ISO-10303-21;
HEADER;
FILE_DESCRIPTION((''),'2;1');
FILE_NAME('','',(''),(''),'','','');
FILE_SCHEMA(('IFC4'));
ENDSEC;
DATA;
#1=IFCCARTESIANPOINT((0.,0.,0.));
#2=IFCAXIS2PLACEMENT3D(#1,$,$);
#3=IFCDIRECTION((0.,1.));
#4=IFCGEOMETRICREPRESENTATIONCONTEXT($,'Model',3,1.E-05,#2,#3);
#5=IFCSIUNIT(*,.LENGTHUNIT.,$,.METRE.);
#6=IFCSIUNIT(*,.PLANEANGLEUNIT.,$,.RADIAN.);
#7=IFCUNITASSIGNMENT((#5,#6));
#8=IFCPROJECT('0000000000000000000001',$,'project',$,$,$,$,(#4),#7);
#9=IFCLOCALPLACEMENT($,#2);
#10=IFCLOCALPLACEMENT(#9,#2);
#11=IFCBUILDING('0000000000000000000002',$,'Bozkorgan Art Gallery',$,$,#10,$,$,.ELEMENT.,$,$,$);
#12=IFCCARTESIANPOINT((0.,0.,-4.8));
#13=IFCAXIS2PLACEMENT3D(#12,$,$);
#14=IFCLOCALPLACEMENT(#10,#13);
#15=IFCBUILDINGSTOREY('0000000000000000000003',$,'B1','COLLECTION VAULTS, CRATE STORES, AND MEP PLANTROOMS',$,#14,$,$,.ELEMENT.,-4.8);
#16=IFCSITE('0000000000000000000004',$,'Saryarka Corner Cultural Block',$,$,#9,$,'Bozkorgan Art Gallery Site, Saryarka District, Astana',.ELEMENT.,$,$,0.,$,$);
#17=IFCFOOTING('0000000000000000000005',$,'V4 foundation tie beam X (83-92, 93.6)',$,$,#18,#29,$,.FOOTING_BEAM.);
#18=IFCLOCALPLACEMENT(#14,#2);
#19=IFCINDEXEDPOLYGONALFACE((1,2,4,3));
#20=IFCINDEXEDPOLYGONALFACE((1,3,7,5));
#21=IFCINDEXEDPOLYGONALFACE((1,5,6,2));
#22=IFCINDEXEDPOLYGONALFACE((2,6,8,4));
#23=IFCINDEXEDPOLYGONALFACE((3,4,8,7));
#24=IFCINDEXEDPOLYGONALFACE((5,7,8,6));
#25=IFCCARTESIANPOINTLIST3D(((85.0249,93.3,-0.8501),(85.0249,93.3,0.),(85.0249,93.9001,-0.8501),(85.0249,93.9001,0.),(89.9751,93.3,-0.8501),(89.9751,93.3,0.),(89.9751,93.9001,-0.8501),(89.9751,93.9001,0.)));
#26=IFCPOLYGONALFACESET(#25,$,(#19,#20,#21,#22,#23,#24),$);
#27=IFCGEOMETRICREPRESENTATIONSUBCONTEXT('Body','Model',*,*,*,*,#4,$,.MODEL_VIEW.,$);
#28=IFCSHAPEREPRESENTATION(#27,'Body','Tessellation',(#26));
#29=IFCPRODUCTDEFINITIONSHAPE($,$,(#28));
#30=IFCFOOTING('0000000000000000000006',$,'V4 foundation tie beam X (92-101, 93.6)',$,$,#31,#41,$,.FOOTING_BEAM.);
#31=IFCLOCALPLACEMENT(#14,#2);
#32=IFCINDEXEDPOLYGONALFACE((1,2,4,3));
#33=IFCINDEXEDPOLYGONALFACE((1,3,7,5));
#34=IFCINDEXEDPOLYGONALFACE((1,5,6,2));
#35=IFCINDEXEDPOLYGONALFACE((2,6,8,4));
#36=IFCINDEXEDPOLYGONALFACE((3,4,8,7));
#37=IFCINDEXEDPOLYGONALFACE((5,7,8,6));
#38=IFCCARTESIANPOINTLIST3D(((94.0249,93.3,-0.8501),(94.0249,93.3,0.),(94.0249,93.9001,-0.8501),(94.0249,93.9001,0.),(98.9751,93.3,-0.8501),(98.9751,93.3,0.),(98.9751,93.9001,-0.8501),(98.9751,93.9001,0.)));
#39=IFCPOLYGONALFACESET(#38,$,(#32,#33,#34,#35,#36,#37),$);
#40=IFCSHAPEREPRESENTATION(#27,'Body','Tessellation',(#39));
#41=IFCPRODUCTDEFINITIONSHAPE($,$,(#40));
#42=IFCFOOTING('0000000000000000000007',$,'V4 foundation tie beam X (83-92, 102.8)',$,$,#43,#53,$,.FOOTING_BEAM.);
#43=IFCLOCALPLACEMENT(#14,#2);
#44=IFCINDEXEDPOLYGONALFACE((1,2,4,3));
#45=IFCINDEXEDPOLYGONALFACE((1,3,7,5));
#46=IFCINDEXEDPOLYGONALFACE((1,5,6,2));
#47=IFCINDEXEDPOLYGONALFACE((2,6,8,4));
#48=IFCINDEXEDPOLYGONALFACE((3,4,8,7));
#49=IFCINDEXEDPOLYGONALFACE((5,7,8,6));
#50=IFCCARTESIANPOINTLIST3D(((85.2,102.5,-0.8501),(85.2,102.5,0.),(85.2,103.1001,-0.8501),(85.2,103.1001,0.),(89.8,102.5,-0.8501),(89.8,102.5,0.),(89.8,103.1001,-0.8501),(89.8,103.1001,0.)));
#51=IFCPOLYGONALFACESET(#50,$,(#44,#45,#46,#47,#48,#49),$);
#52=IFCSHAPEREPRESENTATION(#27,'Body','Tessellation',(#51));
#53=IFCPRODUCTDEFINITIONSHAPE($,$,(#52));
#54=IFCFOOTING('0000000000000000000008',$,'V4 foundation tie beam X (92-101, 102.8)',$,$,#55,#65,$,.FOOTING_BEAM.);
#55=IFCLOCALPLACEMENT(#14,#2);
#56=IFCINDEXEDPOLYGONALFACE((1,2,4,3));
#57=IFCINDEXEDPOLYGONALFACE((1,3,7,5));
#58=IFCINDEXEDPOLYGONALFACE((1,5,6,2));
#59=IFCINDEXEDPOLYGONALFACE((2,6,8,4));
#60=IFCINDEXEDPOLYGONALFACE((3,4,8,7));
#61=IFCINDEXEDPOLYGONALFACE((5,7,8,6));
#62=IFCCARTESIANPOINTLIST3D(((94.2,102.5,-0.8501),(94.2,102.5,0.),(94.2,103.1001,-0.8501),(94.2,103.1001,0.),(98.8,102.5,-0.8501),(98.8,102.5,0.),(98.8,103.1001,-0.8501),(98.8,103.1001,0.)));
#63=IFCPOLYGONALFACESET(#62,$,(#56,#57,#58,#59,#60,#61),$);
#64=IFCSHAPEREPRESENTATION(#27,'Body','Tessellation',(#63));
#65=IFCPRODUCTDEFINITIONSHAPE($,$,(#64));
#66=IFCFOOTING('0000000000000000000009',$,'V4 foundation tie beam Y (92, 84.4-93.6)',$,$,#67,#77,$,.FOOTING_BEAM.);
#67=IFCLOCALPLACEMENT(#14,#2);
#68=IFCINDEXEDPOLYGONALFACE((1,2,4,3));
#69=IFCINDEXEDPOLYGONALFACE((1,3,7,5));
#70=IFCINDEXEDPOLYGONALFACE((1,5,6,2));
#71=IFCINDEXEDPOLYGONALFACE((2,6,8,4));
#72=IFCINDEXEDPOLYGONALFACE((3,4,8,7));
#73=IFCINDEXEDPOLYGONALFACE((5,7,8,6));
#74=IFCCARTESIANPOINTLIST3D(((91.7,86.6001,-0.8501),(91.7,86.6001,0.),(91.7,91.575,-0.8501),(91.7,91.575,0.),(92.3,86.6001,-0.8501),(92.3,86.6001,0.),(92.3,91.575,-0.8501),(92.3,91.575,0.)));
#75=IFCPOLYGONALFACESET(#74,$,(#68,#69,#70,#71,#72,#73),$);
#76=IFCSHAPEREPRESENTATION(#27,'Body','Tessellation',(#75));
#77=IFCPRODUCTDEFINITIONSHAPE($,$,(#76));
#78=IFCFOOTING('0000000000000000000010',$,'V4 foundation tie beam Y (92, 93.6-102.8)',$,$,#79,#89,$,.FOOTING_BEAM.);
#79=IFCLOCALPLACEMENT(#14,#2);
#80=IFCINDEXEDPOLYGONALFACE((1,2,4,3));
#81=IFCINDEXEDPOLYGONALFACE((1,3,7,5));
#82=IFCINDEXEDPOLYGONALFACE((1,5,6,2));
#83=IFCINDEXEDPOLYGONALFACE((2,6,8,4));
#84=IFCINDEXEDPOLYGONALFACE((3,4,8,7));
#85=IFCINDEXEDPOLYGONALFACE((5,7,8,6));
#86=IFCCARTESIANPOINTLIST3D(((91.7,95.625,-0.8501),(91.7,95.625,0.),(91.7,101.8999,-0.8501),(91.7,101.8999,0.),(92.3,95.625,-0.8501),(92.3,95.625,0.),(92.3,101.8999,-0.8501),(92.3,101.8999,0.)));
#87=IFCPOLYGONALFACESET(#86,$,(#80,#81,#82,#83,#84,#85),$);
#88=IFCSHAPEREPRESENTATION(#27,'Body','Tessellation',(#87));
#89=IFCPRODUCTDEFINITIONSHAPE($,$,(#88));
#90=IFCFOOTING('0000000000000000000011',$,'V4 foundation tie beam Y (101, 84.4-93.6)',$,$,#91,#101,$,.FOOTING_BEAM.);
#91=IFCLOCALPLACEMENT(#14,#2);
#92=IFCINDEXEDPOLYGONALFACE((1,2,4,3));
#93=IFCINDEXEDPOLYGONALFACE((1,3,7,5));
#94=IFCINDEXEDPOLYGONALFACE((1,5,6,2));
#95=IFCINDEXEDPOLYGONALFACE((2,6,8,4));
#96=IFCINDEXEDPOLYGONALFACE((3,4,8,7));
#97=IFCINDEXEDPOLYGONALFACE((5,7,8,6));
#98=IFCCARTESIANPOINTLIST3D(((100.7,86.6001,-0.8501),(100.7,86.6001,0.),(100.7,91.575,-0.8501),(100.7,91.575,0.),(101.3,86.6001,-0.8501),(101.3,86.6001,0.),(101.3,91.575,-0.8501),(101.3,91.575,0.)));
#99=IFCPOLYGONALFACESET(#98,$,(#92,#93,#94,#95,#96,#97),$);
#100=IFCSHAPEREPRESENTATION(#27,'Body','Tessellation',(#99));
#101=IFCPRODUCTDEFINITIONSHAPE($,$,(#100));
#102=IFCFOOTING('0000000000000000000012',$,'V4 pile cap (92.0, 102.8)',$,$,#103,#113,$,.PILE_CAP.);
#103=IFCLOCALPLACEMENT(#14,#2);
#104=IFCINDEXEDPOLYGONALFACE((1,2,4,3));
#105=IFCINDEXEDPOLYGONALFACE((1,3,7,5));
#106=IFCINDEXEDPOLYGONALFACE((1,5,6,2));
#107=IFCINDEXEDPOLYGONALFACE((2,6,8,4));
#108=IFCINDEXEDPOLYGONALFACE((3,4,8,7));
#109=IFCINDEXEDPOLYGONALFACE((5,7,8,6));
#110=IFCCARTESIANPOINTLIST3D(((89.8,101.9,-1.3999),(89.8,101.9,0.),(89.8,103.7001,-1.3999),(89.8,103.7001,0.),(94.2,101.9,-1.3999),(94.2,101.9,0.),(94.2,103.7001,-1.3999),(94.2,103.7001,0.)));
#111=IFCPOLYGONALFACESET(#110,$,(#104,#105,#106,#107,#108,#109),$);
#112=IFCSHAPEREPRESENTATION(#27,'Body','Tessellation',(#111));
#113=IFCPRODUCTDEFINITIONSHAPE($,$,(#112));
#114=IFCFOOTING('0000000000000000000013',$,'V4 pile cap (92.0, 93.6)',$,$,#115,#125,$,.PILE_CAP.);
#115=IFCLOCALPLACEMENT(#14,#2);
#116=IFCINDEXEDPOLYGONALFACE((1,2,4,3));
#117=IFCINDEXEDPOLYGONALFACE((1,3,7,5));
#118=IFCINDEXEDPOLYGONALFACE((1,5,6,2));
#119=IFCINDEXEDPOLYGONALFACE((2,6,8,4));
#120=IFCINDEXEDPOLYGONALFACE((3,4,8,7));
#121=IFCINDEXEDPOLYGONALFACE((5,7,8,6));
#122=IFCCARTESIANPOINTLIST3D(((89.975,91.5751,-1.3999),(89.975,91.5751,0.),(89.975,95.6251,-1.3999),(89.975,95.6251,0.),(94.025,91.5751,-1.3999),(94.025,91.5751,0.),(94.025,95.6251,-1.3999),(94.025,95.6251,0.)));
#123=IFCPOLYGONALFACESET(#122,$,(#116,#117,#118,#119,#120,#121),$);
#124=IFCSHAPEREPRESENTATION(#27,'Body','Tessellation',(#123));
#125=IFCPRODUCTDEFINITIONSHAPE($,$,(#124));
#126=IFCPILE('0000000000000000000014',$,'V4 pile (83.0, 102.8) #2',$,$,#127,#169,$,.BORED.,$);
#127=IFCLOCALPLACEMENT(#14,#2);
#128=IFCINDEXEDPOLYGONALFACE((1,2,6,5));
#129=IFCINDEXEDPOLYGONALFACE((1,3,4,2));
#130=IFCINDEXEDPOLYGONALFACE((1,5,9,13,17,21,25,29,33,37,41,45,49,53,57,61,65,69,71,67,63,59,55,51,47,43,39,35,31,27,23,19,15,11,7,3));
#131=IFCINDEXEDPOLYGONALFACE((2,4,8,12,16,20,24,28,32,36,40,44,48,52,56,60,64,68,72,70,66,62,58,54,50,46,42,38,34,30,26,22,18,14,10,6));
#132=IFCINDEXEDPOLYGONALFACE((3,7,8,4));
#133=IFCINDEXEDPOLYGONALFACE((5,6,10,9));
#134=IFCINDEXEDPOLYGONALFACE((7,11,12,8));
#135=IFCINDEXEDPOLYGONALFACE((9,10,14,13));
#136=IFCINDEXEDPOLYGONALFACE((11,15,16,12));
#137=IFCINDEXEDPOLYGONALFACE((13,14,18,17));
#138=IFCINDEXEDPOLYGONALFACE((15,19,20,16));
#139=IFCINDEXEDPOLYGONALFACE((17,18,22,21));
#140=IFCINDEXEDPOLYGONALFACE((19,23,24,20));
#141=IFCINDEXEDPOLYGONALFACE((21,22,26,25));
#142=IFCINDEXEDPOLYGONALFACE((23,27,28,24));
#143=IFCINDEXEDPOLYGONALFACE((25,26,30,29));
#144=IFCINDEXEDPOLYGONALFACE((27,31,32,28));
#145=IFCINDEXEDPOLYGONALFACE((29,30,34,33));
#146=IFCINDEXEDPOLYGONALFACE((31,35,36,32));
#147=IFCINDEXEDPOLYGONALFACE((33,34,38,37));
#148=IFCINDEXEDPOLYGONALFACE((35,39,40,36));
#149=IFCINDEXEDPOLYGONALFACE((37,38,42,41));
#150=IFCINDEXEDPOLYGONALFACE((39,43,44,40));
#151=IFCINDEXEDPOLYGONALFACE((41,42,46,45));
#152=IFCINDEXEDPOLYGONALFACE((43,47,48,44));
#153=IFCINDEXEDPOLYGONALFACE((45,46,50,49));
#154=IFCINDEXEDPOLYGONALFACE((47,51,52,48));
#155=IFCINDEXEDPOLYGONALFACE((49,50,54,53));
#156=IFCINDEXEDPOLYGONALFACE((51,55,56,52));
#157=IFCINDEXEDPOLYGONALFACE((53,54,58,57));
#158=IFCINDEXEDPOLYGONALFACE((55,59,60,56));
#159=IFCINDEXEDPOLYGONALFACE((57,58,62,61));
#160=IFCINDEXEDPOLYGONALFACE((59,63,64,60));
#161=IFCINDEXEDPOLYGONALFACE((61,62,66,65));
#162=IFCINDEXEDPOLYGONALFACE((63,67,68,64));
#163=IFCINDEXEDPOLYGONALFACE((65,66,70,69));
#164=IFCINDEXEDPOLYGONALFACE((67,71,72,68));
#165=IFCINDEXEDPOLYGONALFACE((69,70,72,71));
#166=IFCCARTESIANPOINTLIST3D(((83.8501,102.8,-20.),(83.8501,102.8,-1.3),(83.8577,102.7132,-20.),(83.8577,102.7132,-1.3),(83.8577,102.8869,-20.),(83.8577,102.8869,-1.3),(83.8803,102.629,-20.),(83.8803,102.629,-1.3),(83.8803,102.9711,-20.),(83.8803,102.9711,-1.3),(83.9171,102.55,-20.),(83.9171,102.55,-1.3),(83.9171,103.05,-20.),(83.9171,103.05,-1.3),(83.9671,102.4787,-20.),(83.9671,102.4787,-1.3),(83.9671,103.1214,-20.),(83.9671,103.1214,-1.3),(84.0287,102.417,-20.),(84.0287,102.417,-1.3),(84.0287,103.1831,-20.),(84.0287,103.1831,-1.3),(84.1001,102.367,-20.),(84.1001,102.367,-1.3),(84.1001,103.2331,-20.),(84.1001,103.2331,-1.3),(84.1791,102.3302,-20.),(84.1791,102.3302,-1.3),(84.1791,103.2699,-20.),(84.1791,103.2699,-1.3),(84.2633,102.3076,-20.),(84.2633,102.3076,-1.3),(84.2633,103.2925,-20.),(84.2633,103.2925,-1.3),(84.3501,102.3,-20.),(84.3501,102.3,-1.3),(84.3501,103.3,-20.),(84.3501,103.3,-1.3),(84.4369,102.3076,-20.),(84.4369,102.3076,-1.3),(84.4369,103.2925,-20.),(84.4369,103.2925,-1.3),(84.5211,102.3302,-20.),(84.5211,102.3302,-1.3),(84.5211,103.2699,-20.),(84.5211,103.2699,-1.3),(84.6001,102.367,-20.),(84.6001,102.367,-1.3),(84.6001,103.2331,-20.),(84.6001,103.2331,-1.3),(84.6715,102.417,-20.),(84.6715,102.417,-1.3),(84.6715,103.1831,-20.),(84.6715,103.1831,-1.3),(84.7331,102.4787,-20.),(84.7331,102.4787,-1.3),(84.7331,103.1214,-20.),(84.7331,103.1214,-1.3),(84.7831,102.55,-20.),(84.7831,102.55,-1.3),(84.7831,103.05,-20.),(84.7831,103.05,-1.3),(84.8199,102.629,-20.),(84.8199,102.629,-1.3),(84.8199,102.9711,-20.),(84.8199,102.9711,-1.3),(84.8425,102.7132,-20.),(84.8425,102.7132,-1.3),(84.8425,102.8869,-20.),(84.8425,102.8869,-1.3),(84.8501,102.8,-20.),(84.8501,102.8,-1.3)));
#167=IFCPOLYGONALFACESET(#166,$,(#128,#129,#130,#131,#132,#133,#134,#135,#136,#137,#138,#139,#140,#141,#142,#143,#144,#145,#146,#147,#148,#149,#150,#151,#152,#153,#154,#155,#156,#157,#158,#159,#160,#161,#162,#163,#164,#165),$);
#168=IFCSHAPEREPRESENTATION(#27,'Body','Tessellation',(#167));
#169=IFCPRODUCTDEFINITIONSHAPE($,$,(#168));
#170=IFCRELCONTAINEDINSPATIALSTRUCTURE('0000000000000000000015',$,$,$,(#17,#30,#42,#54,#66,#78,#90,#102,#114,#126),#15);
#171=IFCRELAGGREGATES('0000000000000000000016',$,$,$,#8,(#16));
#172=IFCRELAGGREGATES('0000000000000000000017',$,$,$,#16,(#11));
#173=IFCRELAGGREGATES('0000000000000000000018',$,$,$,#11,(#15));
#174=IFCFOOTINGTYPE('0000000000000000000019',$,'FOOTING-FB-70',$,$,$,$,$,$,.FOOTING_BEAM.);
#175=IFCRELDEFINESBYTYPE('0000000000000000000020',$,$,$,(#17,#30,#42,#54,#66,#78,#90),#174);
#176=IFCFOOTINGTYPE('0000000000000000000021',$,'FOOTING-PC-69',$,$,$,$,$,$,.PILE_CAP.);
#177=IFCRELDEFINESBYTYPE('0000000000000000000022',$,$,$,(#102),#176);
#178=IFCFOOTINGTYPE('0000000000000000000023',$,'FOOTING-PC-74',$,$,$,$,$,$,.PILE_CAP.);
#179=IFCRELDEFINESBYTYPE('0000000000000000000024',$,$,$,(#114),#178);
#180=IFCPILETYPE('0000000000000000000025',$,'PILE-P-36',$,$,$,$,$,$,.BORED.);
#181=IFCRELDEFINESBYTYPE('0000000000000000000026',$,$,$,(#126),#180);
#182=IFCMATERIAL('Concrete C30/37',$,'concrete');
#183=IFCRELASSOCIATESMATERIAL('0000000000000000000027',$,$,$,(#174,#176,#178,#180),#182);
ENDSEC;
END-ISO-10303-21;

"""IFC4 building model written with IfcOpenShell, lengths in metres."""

from ifc_helpers import new_model, si_unit, direction, frame, origin, origin_2d, place, context, subcontext, project, spatial, rectangle, circle, extrude, material, material_profile, profile_set, type_object, element, save


model = new_model("IFC4")

# Units and contexts
model_context = context("Model", 3, precision=1e-05, world=origin(), true_north=direction((0.0, 1.0)))
body_context = subcontext(model_context, "Body", "Model", "MODEL_VIEW")
ifc_project = project(units=[si_unit("LENGTHUNIT", "METRE"), si_unit("PLANEANGLEUNIT", "RADIAN")], contexts=[model_context])

# Site, building, storey
site_placement = place(None, origin())
site = spatial("IfcSite", under=ifc_project, at=site_placement, Name="Saryarka Corner Cultural Block", LongName="Bozkorgan Art Gallery Site, Saryarka District, Astana", CompositionType="ELEMENT", RefElevation=0.0)
building_placement = place(site_placement, origin())
building = spatial("IfcBuilding", under=site, at=building_placement, Name="Bozkorgan Art Gallery", CompositionType="ELEMENT")
storey_placement = place(building_placement, frame((0.0, 0.0, -4.8)))
storey = spatial("IfcBuildingStorey", under=building, at=storey_placement, Name="B1", Description="COLLECTION VAULTS, CRATE STORES, AND MEP PLANTROOMS", CompositionType="ELEMENT", Elevation=-4.8)

# Footings
ifc_material_1 = material(Name="Concrete C30/37", Category="concrete")
ifc_material_profile_1 = material_profile(ifc_material_1, rectangle(XDim=0.6001, YDim=0.8501, at=origin_2d()), Name="FND 600x850")
ifc_profile_set_1 = profile_set([ifc_material_profile_1], Name="Concrete C30/37")
footing_type_1 = type_object("IfcFootingType", Name="FOOTING-FB-70", PredefinedType="FOOTING_BEAM", material=ifc_profile_set_1)
for number, where, z_axis, x_axis, name in (
    (1, (85.0249, 93.6001, -0.425), (1.0, 0.0, 0.0), (0.0, 1.0, 0.0), "V4 foundation tie beam X (83-92, 93.6)"),
    (2, (94.0249, 93.6001, -0.425), (1.0, 0.0, 0.0), (0.0, 1.0, 0.0), "V4 foundation tie beam X (92-101, 93.6)"),
):
    element("IfcFooting", number, at=place(storey_placement, frame(where, z_axis=z_axis, x_axis=x_axis)), inside=storey, type_object=footing_type_1, Name=name, PredefinedType="FOOTING_BEAM", context=body_context, shape_type="SweptSolid", body=[
        extrude(rectangle(XDim=0.6001, YDim=0.8501, at=origin_2d()), origin(), (0.0, 0.0, 1.0), 4.9502),
    ])
for number, where, z_axis, x_axis, name in (
    (3, (85.2, 102.8, -0.425), (1.0, 0.0, 0.0), (0.0, 1.0, 0.0), "V4 foundation tie beam X (83-92, 102.8)"),
    (4, (94.2, 102.8, -0.425), (1.0, 0.0, 0.0), (0.0, 1.0, 0.0), "V4 foundation tie beam X (92-101, 102.8)"),
):
    element("IfcFooting", number, at=place(storey_placement, frame(where, z_axis=z_axis, x_axis=x_axis)), inside=storey, type_object=footing_type_1, Name=name, PredefinedType="FOOTING_BEAM", context=body_context, shape_type="SweptSolid", body=[
        extrude(rectangle(XDim=0.6001, YDim=0.8501, at=origin_2d()), origin(), (0.0, 0.0, 1.0), 4.6001),
    ])
footing_1_placement = place(storey_placement, frame((92.0, 86.6001, -0.425), z_axis=(0.0, 1.0, 0.0), x_axis=(-1.0, 0.0, 0.0)))
element("IfcFooting", 5, at=footing_1_placement, inside=storey, type_object=footing_type_1, Name="V4 foundation tie beam Y (92, 84.4-93.6)", PredefinedType="FOOTING_BEAM", context=body_context, shape_type="SweptSolid", body=[
    extrude(rectangle(XDim=0.6001, YDim=0.8501, at=origin_2d()), origin(), (0.0, 0.0, 1.0), 4.9749),
])
footing_2_placement = place(storey_placement, frame((92.0, 95.625, -0.425), z_axis=(0.0, 1.0, 0.0), x_axis=(-1.0, 0.0, 0.0)))
element("IfcFooting", 6, at=footing_2_placement, inside=storey, type_object=footing_type_1, Name="V4 foundation tie beam Y (92, 93.6-102.8)", PredefinedType="FOOTING_BEAM", context=body_context, shape_type="SweptSolid", body=[
    extrude(rectangle(XDim=0.6001, YDim=0.8501, at=origin_2d()), origin(), (0.0, 0.0, 1.0), 6.2749),
])
footing_3_placement = place(storey_placement, frame((101.0, 86.6001, -0.425), z_axis=(0.0, 1.0, 0.0), x_axis=(-1.0, 0.0, 0.0)))
element("IfcFooting", 7, at=footing_3_placement, inside=storey, type_object=footing_type_1, Name="V4 foundation tie beam Y (101, 84.4-93.6)", PredefinedType="FOOTING_BEAM", context=body_context, shape_type="SweptSolid", body=[
    extrude(rectangle(XDim=0.6001, YDim=0.8501, at=origin_2d()), origin(), (0.0, 0.0, 1.0), 4.9749),
])
footing_type_2 = type_object("IfcFootingType", Name="FOOTING-PC-69", PredefinedType="PILE_CAP", material=ifc_material_1)
footing_4_placement = place(storey_placement, frame((92.0, 102.8, -1.3999), z_axis=(0.0, 0.0, 1.0), x_axis=(1.0, 0.0, 0.0)))
element("IfcFooting", 8, at=footing_4_placement, inside=storey, type_object=footing_type_2, Name="V4 pile cap (92.0, 102.8)", PredefinedType="PILE_CAP", context=body_context, shape_type="SweptSolid", body=[
    extrude(rectangle(XDim=4.3999, YDim=1.8, at=origin_2d()), origin(), (0.0, 0.0, 1.0), 1.3999),
])
footing_type_3 = type_object("IfcFootingType", Name="FOOTING-PC-74", PredefinedType="PILE_CAP", material=ifc_material_1)
footing_5_placement = place(storey_placement, frame((92.0, 93.6001, -1.3999), z_axis=(0.0, 0.0, 1.0), x_axis=(1.0, 0.0, 0.0)))
element("IfcFooting", 9, at=footing_5_placement, inside=storey, type_object=footing_type_3, Name="V4 pile cap (92.0, 93.6)", PredefinedType="PILE_CAP", context=body_context, shape_type="SweptSolid", body=[
    extrude(rectangle(XDim=4.05, YDim=4.05, at=origin_2d()), origin(), (0.0, 0.0, 1.0), 1.3999),
])

# Pile
ifc_material_profile_2 = material_profile(ifc_material_1, circle(Radius=0.5, at=origin_2d()), Name="PILE D1000")
ifc_profile_set_2 = profile_set([ifc_material_profile_2], Name="Concrete C30/37")
pile_type_1 = type_object("IfcPileType", Name="PILE-P-36", PredefinedType="BORED", material=ifc_profile_set_2)
pile_1_placement = place(storey_placement, frame((84.3501, 102.8, -1.3), z_axis=(0.0, 0.0, -1.0), x_axis=(1.0, 0.0, 0.0)))
element("IfcPile", 10, at=pile_1_placement, inside=storey, type_object=pile_type_1, Name="V4 pile (83.0, 102.8) #2", PredefinedType="BORED", context=body_context, shape_type="SweptSolid", body=[
    extrude(circle(Radius=0.5, at=origin_2d()), origin(), (0.0, 0.0, 1.0), 18.7),
])

save(model, "model.ifc")
